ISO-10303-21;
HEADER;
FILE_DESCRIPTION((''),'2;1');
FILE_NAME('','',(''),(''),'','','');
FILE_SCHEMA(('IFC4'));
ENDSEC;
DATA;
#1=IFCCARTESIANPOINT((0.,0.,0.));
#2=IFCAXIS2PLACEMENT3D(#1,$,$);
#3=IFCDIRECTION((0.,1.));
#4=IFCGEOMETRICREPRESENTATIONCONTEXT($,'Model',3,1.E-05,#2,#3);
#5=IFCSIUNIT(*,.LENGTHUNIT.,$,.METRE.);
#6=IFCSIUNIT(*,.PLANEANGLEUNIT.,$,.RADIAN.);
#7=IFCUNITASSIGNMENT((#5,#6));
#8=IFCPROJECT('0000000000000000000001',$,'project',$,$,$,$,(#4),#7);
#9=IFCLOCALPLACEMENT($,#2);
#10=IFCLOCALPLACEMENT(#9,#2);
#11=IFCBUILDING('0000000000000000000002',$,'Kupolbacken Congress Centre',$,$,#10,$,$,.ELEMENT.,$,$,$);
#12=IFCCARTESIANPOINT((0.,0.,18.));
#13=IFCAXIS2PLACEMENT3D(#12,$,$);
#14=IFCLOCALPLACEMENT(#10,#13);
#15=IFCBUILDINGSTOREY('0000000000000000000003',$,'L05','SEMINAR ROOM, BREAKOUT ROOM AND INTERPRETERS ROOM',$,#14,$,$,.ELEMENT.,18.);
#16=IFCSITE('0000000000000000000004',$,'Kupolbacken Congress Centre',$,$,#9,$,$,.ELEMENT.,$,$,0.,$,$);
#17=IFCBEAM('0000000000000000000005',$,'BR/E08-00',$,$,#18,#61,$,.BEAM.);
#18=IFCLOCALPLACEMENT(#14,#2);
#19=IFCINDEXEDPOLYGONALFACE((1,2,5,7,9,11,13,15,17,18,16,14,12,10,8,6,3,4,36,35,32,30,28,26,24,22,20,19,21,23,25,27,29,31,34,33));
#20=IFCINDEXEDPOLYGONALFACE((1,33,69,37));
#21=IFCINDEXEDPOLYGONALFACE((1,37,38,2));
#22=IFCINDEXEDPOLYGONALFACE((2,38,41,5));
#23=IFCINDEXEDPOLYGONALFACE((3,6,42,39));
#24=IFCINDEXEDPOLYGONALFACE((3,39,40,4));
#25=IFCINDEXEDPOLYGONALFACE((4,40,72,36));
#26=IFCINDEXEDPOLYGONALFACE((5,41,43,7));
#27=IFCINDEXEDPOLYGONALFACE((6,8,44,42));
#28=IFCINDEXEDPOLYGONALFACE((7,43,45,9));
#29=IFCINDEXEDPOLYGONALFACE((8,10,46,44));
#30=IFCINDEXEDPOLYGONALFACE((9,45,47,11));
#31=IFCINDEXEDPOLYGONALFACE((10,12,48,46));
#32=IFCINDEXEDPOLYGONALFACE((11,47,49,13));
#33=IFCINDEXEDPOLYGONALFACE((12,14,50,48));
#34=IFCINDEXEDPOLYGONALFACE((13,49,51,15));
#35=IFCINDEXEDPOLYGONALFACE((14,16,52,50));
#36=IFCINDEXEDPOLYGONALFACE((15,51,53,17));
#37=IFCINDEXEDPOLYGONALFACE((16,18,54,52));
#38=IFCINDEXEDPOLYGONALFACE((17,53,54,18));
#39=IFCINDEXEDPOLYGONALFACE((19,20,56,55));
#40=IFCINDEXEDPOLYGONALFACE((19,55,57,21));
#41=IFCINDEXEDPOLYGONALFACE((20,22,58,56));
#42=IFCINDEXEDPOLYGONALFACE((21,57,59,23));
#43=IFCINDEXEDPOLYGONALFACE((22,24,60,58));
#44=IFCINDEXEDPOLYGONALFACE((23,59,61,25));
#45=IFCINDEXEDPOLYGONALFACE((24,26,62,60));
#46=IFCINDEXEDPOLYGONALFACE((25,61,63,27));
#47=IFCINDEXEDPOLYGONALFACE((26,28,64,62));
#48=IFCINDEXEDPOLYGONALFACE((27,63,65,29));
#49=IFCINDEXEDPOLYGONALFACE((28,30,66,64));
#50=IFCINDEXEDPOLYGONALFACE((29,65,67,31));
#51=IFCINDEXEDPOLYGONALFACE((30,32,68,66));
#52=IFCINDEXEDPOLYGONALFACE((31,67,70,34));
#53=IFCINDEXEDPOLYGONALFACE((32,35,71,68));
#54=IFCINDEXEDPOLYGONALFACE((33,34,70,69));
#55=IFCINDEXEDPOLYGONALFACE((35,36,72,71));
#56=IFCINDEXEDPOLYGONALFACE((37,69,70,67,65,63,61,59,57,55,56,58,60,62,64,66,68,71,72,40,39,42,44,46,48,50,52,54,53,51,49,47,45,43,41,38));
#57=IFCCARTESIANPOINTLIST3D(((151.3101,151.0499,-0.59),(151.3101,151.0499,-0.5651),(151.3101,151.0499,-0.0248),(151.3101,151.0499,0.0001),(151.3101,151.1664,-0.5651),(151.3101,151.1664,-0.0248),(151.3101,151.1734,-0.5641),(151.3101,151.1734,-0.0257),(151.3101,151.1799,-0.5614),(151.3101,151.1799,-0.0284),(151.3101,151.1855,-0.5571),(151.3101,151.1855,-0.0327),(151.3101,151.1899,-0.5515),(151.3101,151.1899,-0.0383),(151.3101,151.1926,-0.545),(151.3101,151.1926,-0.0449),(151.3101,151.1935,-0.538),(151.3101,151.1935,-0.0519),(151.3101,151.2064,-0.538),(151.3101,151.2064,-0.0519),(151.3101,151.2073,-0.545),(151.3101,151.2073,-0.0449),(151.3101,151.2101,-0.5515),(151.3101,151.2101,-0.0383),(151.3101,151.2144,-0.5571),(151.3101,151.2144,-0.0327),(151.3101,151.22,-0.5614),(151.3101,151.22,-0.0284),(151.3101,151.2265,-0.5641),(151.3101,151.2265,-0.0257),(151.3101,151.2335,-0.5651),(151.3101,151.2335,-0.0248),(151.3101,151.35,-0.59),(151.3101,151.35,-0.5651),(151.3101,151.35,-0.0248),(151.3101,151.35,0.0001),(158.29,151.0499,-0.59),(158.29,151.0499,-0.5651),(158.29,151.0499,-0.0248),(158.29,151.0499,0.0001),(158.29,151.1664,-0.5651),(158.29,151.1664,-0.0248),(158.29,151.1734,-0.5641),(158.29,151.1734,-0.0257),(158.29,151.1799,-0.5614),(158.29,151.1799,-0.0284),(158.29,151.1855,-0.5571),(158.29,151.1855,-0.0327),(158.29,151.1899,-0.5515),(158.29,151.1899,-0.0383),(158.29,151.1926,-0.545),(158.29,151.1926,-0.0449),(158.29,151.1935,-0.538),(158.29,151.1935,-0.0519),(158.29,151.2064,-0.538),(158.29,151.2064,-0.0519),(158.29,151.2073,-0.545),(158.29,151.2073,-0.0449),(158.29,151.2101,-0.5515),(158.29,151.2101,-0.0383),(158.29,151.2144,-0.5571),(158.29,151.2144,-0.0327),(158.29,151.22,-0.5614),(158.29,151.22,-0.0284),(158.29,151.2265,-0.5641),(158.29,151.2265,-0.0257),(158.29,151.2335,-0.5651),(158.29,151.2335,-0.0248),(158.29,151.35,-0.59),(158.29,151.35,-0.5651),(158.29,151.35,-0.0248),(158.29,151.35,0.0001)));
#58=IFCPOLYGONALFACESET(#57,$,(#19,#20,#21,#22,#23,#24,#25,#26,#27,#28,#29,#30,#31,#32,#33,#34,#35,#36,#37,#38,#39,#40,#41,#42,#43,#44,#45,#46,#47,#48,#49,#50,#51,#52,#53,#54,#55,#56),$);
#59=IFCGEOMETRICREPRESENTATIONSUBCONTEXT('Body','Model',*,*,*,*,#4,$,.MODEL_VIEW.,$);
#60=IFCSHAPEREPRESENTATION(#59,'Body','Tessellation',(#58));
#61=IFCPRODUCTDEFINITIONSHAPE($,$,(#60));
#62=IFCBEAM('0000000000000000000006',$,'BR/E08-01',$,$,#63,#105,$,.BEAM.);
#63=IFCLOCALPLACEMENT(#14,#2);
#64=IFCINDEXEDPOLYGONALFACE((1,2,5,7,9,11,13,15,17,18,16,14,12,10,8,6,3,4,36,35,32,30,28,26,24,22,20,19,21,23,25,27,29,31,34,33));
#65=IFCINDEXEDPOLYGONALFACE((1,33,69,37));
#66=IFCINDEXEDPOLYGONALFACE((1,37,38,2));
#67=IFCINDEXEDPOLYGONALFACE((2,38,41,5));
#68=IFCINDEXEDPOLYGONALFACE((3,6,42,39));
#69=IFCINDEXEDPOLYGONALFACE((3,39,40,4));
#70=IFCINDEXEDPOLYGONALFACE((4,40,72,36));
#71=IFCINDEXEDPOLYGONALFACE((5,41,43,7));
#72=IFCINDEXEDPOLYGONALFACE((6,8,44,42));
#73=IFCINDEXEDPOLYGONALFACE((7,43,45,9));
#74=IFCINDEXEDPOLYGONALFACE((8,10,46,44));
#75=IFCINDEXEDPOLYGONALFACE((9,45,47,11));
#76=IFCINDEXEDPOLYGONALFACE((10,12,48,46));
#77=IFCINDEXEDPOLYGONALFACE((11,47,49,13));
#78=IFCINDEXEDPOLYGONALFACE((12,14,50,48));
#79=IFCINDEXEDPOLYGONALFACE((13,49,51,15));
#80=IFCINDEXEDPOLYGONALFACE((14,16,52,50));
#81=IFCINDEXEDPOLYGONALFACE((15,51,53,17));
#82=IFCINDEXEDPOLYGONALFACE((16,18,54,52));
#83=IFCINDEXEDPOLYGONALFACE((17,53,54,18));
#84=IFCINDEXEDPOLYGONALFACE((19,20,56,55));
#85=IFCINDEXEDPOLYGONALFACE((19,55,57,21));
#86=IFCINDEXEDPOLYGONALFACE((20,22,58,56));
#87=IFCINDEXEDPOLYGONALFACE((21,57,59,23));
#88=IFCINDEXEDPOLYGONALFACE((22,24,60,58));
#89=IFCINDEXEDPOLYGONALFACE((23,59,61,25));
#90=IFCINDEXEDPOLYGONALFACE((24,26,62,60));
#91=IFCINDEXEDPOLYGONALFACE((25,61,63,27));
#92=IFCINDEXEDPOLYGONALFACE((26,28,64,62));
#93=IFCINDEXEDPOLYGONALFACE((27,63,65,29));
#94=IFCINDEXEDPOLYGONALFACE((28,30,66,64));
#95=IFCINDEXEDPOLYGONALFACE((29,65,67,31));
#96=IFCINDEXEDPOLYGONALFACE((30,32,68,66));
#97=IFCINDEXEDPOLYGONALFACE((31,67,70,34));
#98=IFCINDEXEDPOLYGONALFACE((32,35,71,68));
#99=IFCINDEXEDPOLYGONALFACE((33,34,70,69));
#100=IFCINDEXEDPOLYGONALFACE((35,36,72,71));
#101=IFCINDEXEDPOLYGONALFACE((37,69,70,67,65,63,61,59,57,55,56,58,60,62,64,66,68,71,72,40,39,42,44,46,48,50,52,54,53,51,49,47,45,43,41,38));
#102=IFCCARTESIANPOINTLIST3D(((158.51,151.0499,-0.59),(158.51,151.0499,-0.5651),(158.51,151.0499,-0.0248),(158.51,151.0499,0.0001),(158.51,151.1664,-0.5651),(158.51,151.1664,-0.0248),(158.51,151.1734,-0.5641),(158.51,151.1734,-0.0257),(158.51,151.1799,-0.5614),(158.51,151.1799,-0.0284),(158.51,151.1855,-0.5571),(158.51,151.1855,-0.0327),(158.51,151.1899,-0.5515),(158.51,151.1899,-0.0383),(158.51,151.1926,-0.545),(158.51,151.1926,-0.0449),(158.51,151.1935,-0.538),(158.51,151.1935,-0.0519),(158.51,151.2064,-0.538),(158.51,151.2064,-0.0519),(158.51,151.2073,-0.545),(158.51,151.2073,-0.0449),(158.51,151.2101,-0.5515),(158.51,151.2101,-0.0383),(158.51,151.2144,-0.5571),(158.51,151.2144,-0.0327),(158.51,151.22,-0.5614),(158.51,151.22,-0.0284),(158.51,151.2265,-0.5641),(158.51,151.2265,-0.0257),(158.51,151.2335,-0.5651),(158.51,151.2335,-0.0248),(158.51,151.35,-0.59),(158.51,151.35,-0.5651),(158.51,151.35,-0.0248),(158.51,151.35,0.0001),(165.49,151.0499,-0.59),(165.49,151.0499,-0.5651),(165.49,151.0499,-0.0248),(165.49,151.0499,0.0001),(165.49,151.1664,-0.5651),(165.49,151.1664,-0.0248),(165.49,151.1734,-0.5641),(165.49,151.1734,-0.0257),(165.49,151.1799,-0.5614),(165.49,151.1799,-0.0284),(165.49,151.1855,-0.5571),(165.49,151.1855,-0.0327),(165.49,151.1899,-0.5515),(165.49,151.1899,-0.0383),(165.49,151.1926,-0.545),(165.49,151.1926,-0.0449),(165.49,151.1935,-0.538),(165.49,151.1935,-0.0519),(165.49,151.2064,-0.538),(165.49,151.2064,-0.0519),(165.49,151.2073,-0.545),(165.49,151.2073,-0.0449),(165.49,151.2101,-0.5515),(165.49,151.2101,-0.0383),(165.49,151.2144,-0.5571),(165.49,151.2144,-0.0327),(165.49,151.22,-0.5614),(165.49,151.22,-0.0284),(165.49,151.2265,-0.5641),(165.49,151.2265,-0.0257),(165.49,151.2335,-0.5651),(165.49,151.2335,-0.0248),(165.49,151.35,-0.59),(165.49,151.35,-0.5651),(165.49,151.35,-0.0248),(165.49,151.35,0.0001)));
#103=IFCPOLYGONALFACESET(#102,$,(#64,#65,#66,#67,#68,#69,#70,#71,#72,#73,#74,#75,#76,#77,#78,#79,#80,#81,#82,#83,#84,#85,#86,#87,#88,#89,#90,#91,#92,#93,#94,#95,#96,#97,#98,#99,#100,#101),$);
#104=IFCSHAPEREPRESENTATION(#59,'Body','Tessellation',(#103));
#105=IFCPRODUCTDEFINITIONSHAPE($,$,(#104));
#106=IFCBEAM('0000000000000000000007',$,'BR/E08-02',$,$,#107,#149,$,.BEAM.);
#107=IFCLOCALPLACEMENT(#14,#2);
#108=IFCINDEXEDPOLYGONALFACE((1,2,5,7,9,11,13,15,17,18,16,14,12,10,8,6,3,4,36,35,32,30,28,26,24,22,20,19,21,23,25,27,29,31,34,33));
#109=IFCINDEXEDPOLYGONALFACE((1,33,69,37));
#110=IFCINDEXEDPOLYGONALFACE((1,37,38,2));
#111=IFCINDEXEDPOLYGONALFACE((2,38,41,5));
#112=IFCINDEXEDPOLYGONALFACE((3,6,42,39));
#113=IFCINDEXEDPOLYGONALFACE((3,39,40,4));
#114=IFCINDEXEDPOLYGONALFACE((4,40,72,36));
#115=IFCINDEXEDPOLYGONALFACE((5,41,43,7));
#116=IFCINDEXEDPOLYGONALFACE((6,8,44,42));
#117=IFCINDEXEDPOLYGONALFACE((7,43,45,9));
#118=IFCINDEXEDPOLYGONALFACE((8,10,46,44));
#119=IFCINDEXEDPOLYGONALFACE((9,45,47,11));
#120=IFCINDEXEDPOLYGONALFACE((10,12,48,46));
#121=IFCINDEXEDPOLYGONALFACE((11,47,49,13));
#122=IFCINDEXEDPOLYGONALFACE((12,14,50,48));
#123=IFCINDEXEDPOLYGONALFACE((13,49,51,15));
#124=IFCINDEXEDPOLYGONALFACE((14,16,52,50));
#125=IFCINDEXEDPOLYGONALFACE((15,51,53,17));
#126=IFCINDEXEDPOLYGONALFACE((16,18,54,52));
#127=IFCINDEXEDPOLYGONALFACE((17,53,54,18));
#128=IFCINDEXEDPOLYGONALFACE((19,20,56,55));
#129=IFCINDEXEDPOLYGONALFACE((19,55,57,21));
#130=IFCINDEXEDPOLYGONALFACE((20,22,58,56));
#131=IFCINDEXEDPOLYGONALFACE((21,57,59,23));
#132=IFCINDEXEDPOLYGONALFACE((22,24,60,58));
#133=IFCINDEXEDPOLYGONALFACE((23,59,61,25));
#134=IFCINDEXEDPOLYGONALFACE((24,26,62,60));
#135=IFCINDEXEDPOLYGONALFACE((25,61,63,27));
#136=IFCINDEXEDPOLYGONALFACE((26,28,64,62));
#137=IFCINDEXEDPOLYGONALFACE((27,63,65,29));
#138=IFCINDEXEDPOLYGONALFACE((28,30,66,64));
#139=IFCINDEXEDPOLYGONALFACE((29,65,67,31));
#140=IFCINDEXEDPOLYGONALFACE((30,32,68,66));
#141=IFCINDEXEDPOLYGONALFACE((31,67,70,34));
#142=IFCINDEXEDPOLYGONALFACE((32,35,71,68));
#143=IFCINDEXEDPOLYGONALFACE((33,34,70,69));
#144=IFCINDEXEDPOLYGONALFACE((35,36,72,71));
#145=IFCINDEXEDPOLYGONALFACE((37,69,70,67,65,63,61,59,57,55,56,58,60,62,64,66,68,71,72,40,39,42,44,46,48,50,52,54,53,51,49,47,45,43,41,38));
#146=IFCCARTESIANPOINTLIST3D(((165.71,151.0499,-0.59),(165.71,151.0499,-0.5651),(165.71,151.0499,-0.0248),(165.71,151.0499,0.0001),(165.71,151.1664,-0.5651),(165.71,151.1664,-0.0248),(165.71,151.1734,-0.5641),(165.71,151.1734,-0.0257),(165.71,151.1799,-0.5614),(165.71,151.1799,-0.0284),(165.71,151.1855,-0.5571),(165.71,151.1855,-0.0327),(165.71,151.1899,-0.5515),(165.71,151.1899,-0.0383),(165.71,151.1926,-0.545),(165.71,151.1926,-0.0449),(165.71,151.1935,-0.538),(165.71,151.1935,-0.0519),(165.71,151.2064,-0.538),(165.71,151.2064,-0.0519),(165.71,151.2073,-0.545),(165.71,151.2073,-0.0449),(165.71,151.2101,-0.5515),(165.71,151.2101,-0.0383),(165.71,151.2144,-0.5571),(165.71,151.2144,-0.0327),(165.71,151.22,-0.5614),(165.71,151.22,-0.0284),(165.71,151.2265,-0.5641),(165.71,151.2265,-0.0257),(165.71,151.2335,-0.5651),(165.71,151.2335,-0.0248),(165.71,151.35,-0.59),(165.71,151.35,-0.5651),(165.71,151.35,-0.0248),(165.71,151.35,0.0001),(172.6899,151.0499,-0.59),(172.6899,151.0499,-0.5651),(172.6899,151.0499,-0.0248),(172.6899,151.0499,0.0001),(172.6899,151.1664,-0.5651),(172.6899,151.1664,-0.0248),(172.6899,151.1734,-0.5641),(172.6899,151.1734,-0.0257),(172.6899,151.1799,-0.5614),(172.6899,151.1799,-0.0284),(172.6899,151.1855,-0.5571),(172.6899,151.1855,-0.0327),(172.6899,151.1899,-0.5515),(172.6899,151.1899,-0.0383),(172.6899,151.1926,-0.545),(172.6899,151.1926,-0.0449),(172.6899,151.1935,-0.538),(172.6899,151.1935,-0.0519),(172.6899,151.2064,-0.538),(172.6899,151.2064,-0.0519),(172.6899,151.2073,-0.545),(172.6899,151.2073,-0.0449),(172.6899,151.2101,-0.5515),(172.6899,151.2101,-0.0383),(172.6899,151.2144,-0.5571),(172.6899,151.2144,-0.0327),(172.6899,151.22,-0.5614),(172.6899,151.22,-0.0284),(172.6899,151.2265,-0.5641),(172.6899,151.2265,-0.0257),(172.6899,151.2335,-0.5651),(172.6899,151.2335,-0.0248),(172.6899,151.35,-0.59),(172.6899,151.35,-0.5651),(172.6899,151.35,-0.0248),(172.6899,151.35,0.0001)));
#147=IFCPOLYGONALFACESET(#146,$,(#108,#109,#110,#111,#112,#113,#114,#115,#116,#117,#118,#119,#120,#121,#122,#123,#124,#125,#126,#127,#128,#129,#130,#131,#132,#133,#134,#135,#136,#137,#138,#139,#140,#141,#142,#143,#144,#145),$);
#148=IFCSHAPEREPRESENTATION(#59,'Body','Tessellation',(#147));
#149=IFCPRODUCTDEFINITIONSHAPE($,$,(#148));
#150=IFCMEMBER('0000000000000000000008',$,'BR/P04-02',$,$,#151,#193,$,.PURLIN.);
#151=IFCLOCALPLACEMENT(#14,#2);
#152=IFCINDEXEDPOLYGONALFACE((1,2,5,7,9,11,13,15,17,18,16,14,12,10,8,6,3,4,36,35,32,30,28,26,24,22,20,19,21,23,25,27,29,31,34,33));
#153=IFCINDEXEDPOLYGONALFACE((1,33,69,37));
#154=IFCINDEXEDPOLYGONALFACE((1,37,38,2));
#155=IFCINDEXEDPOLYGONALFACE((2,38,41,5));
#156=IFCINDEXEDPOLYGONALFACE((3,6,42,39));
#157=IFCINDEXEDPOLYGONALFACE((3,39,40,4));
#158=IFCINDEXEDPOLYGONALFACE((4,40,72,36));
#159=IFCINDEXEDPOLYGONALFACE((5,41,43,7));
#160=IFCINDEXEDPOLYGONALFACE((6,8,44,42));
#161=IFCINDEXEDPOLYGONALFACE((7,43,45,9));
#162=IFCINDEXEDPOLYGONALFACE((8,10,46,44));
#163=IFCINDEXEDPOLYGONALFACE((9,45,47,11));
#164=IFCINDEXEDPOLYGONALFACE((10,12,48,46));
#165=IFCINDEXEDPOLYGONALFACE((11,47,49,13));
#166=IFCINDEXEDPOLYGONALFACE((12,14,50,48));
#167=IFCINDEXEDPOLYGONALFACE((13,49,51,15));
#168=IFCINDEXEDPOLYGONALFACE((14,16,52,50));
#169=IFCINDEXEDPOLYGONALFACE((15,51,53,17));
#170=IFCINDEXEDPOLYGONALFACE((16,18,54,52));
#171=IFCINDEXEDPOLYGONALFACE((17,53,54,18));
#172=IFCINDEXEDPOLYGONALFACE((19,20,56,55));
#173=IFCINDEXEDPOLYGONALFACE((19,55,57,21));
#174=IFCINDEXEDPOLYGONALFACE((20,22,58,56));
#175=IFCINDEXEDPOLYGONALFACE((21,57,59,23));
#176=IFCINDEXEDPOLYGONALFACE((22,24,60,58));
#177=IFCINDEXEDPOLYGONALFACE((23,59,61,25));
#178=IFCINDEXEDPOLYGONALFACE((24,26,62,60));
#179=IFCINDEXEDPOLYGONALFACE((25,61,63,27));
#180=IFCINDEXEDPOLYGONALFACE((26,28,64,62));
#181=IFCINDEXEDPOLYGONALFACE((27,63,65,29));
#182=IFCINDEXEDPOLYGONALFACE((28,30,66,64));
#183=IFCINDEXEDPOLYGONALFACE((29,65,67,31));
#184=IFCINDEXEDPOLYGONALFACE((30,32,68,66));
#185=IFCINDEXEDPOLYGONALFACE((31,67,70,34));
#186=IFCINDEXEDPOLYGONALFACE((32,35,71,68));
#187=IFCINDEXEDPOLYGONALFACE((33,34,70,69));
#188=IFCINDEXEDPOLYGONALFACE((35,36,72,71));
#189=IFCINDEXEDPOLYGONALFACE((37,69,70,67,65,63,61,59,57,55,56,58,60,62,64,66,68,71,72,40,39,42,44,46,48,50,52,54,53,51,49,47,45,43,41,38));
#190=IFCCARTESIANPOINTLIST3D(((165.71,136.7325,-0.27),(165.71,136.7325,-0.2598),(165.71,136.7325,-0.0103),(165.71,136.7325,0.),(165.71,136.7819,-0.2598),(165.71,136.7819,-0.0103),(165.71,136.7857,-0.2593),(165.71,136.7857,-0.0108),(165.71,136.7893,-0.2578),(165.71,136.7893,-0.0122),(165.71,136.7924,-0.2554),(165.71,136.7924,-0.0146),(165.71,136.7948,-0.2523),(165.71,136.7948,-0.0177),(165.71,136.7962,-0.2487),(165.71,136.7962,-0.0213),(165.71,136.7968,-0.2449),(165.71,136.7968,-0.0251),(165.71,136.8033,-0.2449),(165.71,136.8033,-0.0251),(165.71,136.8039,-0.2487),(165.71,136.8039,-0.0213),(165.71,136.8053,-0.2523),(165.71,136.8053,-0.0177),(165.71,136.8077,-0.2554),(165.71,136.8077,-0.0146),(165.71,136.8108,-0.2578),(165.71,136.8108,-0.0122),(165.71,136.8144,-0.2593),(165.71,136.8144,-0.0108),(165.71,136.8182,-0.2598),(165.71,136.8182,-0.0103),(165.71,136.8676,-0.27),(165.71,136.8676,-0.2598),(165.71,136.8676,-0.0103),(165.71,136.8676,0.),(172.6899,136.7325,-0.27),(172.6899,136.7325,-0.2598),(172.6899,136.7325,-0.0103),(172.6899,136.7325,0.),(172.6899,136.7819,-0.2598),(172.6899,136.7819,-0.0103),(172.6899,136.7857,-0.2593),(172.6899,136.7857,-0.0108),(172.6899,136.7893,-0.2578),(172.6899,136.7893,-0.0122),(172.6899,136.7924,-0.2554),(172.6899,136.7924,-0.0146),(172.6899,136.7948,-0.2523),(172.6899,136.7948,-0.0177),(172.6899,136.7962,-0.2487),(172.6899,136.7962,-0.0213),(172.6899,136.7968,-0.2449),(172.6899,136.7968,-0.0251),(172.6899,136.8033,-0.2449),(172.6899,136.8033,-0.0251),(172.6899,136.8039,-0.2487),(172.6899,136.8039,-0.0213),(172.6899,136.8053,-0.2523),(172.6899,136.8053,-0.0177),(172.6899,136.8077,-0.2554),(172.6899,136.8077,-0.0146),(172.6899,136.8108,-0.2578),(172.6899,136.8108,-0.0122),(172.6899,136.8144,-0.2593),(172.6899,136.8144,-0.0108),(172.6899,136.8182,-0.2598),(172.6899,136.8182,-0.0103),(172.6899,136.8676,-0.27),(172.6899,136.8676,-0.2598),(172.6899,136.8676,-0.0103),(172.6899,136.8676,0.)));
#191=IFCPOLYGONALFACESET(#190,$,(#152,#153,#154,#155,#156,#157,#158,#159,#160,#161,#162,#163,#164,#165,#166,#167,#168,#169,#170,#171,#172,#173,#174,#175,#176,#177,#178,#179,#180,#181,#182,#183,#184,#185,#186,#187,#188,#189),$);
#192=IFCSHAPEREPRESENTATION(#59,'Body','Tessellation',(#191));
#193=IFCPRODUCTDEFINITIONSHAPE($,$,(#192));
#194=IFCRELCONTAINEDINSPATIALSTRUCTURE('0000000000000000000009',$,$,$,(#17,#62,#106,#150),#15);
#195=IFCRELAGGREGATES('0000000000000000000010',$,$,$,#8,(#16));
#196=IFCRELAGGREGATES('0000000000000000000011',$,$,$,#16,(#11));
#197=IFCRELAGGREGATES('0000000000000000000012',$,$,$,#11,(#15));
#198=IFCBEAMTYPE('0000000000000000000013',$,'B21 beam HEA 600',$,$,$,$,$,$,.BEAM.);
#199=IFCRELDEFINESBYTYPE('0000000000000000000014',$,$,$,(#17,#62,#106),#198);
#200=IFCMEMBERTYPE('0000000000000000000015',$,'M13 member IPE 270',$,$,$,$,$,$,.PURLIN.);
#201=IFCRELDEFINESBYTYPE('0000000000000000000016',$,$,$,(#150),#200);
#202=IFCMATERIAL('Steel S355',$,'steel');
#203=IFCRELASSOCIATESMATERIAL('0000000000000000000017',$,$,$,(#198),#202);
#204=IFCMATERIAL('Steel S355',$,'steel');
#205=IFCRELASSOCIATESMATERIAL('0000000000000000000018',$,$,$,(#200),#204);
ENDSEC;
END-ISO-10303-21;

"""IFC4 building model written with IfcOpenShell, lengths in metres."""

from ifc_helpers import new_model, si_unit, direction, frame, origin, origin_2d, place, context, subcontext, project, spatial, i_section, extrude, material, material_profile, profile_set, type_object, element, save


model = new_model("IFC4")

# Units and contexts
model_context = context("Model", 3, precision=1e-05, world=origin(), true_north=direction((0.0, 1.0)))
body_context = subcontext(model_context, "Body", "Model", "MODEL_VIEW")
ifc_project = project(units=[si_unit("LENGTHUNIT", "METRE"), si_unit("PLANEANGLEUNIT", "RADIAN")], contexts=[model_context])

# Site, building, storey
site_placement = place(None, origin())
site = spatial("IfcSite", under=ifc_project, at=site_placement, Name="Kupolbacken Congress Centre", CompositionType="ELEMENT", RefElevation=0.0)
building_placement = place(site_placement, origin())
building = spatial("IfcBuilding", under=site, at=building_placement, Name="Kupolbacken Congress Centre", CompositionType="ELEMENT")
storey_placement = place(building_placement, frame((0.0, 0.0, 18.0)))
storey = spatial("IfcBuildingStorey", under=building, at=storey_placement, Name="L05", Description="SEMINAR ROOM, BREAKOUT ROOM AND INTERPRETERS ROOM", CompositionType="ELEMENT", Elevation=18.0)

# Beams
ifc_material_1 = material(Name="Steel S355", Category="steel")
ifc_material_profile_1 = material_profile(ifc_material_1, i_section(OverallWidth=0.3, OverallDepth=0.5901, WebThickness=0.0129, FlangeThickness=0.0249, FilletRadius=0.0271, at=origin_2d()), Name="HEA 600")
ifc_profile_set_1 = profile_set([ifc_material_profile_1], Name="Steel S355")
beam_type = type_object("IfcBeamType", Name="B21 beam HEA 600", PredefinedType="BEAM", material=ifc_profile_set_1)
for number, where, z_axis, x_axis, name in (
    (1, (151.3101, 151.2, -0.2949), (1.0, 0.0, 0.0), (0.0, 1.0, 0.0), "BR/E08-00"),
    (2, (158.51, 151.2, -0.2949), (1.0, 0.0, 0.0), (0.0, 1.0, 0.0), "BR/E08-01"),
    (3, (165.71, 151.2, -0.2949), (1.0, 0.0, 0.0), (0.0, 1.0, 0.0), "BR/E08-02"),
):
    element("IfcBeam", number, at=place(storey_placement, frame(where, z_axis=z_axis, x_axis=x_axis)), inside=storey, type_object=beam_type, Name=name, PredefinedType="BEAM", context=body_context, shape_type="SweptSolid", body=[
        extrude(i_section(OverallWidth=0.3, OverallDepth=0.5901, WebThickness=0.0129, FlangeThickness=0.0249, FilletRadius=0.0271, at=origin_2d()), origin(), (0.0, 0.0, 1.0), 6.98),
    ])

# Member
ifc_material_2 = material(Name="Steel S355", Category="steel")
ifc_material_profile_2 = material_profile(ifc_material_2, i_section(OverallWidth=0.135, OverallDepth=0.27, WebThickness=0.0066, FlangeThickness=0.0103, FilletRadius=0.0149, at=origin_2d()), Name="IPE 270")
ifc_profile_set_2 = profile_set([ifc_material_profile_2], Name="Steel S355")
member_type_1 = type_object("IfcMemberType", Name="M13 member IPE 270", PredefinedType="PURLIN", material=ifc_profile_set_2)
for number, where, z_axis, x_axis, name in (
    (4, (165.71, 136.8, -0.135), (1.0, 0.0, 0.0), (0.0, 1.0, 0.0), "BR/P04-02"),
):
    element("IfcMember", number, at=place(storey_placement, frame(where, z_axis=z_axis, x_axis=x_axis)), inside=storey, type_object=member_type_1, Name=name, PredefinedType="PURLIN", context=body_context, shape_type="SweptSolid", body=[
        extrude(i_section(OverallWidth=0.135, OverallDepth=0.27, WebThickness=0.0066, FlangeThickness=0.0103, FilletRadius=0.0149, at=origin_2d()), origin(), (0.0, 0.0, 1.0), 6.98),
    ])

save(model, "model.ifc")
